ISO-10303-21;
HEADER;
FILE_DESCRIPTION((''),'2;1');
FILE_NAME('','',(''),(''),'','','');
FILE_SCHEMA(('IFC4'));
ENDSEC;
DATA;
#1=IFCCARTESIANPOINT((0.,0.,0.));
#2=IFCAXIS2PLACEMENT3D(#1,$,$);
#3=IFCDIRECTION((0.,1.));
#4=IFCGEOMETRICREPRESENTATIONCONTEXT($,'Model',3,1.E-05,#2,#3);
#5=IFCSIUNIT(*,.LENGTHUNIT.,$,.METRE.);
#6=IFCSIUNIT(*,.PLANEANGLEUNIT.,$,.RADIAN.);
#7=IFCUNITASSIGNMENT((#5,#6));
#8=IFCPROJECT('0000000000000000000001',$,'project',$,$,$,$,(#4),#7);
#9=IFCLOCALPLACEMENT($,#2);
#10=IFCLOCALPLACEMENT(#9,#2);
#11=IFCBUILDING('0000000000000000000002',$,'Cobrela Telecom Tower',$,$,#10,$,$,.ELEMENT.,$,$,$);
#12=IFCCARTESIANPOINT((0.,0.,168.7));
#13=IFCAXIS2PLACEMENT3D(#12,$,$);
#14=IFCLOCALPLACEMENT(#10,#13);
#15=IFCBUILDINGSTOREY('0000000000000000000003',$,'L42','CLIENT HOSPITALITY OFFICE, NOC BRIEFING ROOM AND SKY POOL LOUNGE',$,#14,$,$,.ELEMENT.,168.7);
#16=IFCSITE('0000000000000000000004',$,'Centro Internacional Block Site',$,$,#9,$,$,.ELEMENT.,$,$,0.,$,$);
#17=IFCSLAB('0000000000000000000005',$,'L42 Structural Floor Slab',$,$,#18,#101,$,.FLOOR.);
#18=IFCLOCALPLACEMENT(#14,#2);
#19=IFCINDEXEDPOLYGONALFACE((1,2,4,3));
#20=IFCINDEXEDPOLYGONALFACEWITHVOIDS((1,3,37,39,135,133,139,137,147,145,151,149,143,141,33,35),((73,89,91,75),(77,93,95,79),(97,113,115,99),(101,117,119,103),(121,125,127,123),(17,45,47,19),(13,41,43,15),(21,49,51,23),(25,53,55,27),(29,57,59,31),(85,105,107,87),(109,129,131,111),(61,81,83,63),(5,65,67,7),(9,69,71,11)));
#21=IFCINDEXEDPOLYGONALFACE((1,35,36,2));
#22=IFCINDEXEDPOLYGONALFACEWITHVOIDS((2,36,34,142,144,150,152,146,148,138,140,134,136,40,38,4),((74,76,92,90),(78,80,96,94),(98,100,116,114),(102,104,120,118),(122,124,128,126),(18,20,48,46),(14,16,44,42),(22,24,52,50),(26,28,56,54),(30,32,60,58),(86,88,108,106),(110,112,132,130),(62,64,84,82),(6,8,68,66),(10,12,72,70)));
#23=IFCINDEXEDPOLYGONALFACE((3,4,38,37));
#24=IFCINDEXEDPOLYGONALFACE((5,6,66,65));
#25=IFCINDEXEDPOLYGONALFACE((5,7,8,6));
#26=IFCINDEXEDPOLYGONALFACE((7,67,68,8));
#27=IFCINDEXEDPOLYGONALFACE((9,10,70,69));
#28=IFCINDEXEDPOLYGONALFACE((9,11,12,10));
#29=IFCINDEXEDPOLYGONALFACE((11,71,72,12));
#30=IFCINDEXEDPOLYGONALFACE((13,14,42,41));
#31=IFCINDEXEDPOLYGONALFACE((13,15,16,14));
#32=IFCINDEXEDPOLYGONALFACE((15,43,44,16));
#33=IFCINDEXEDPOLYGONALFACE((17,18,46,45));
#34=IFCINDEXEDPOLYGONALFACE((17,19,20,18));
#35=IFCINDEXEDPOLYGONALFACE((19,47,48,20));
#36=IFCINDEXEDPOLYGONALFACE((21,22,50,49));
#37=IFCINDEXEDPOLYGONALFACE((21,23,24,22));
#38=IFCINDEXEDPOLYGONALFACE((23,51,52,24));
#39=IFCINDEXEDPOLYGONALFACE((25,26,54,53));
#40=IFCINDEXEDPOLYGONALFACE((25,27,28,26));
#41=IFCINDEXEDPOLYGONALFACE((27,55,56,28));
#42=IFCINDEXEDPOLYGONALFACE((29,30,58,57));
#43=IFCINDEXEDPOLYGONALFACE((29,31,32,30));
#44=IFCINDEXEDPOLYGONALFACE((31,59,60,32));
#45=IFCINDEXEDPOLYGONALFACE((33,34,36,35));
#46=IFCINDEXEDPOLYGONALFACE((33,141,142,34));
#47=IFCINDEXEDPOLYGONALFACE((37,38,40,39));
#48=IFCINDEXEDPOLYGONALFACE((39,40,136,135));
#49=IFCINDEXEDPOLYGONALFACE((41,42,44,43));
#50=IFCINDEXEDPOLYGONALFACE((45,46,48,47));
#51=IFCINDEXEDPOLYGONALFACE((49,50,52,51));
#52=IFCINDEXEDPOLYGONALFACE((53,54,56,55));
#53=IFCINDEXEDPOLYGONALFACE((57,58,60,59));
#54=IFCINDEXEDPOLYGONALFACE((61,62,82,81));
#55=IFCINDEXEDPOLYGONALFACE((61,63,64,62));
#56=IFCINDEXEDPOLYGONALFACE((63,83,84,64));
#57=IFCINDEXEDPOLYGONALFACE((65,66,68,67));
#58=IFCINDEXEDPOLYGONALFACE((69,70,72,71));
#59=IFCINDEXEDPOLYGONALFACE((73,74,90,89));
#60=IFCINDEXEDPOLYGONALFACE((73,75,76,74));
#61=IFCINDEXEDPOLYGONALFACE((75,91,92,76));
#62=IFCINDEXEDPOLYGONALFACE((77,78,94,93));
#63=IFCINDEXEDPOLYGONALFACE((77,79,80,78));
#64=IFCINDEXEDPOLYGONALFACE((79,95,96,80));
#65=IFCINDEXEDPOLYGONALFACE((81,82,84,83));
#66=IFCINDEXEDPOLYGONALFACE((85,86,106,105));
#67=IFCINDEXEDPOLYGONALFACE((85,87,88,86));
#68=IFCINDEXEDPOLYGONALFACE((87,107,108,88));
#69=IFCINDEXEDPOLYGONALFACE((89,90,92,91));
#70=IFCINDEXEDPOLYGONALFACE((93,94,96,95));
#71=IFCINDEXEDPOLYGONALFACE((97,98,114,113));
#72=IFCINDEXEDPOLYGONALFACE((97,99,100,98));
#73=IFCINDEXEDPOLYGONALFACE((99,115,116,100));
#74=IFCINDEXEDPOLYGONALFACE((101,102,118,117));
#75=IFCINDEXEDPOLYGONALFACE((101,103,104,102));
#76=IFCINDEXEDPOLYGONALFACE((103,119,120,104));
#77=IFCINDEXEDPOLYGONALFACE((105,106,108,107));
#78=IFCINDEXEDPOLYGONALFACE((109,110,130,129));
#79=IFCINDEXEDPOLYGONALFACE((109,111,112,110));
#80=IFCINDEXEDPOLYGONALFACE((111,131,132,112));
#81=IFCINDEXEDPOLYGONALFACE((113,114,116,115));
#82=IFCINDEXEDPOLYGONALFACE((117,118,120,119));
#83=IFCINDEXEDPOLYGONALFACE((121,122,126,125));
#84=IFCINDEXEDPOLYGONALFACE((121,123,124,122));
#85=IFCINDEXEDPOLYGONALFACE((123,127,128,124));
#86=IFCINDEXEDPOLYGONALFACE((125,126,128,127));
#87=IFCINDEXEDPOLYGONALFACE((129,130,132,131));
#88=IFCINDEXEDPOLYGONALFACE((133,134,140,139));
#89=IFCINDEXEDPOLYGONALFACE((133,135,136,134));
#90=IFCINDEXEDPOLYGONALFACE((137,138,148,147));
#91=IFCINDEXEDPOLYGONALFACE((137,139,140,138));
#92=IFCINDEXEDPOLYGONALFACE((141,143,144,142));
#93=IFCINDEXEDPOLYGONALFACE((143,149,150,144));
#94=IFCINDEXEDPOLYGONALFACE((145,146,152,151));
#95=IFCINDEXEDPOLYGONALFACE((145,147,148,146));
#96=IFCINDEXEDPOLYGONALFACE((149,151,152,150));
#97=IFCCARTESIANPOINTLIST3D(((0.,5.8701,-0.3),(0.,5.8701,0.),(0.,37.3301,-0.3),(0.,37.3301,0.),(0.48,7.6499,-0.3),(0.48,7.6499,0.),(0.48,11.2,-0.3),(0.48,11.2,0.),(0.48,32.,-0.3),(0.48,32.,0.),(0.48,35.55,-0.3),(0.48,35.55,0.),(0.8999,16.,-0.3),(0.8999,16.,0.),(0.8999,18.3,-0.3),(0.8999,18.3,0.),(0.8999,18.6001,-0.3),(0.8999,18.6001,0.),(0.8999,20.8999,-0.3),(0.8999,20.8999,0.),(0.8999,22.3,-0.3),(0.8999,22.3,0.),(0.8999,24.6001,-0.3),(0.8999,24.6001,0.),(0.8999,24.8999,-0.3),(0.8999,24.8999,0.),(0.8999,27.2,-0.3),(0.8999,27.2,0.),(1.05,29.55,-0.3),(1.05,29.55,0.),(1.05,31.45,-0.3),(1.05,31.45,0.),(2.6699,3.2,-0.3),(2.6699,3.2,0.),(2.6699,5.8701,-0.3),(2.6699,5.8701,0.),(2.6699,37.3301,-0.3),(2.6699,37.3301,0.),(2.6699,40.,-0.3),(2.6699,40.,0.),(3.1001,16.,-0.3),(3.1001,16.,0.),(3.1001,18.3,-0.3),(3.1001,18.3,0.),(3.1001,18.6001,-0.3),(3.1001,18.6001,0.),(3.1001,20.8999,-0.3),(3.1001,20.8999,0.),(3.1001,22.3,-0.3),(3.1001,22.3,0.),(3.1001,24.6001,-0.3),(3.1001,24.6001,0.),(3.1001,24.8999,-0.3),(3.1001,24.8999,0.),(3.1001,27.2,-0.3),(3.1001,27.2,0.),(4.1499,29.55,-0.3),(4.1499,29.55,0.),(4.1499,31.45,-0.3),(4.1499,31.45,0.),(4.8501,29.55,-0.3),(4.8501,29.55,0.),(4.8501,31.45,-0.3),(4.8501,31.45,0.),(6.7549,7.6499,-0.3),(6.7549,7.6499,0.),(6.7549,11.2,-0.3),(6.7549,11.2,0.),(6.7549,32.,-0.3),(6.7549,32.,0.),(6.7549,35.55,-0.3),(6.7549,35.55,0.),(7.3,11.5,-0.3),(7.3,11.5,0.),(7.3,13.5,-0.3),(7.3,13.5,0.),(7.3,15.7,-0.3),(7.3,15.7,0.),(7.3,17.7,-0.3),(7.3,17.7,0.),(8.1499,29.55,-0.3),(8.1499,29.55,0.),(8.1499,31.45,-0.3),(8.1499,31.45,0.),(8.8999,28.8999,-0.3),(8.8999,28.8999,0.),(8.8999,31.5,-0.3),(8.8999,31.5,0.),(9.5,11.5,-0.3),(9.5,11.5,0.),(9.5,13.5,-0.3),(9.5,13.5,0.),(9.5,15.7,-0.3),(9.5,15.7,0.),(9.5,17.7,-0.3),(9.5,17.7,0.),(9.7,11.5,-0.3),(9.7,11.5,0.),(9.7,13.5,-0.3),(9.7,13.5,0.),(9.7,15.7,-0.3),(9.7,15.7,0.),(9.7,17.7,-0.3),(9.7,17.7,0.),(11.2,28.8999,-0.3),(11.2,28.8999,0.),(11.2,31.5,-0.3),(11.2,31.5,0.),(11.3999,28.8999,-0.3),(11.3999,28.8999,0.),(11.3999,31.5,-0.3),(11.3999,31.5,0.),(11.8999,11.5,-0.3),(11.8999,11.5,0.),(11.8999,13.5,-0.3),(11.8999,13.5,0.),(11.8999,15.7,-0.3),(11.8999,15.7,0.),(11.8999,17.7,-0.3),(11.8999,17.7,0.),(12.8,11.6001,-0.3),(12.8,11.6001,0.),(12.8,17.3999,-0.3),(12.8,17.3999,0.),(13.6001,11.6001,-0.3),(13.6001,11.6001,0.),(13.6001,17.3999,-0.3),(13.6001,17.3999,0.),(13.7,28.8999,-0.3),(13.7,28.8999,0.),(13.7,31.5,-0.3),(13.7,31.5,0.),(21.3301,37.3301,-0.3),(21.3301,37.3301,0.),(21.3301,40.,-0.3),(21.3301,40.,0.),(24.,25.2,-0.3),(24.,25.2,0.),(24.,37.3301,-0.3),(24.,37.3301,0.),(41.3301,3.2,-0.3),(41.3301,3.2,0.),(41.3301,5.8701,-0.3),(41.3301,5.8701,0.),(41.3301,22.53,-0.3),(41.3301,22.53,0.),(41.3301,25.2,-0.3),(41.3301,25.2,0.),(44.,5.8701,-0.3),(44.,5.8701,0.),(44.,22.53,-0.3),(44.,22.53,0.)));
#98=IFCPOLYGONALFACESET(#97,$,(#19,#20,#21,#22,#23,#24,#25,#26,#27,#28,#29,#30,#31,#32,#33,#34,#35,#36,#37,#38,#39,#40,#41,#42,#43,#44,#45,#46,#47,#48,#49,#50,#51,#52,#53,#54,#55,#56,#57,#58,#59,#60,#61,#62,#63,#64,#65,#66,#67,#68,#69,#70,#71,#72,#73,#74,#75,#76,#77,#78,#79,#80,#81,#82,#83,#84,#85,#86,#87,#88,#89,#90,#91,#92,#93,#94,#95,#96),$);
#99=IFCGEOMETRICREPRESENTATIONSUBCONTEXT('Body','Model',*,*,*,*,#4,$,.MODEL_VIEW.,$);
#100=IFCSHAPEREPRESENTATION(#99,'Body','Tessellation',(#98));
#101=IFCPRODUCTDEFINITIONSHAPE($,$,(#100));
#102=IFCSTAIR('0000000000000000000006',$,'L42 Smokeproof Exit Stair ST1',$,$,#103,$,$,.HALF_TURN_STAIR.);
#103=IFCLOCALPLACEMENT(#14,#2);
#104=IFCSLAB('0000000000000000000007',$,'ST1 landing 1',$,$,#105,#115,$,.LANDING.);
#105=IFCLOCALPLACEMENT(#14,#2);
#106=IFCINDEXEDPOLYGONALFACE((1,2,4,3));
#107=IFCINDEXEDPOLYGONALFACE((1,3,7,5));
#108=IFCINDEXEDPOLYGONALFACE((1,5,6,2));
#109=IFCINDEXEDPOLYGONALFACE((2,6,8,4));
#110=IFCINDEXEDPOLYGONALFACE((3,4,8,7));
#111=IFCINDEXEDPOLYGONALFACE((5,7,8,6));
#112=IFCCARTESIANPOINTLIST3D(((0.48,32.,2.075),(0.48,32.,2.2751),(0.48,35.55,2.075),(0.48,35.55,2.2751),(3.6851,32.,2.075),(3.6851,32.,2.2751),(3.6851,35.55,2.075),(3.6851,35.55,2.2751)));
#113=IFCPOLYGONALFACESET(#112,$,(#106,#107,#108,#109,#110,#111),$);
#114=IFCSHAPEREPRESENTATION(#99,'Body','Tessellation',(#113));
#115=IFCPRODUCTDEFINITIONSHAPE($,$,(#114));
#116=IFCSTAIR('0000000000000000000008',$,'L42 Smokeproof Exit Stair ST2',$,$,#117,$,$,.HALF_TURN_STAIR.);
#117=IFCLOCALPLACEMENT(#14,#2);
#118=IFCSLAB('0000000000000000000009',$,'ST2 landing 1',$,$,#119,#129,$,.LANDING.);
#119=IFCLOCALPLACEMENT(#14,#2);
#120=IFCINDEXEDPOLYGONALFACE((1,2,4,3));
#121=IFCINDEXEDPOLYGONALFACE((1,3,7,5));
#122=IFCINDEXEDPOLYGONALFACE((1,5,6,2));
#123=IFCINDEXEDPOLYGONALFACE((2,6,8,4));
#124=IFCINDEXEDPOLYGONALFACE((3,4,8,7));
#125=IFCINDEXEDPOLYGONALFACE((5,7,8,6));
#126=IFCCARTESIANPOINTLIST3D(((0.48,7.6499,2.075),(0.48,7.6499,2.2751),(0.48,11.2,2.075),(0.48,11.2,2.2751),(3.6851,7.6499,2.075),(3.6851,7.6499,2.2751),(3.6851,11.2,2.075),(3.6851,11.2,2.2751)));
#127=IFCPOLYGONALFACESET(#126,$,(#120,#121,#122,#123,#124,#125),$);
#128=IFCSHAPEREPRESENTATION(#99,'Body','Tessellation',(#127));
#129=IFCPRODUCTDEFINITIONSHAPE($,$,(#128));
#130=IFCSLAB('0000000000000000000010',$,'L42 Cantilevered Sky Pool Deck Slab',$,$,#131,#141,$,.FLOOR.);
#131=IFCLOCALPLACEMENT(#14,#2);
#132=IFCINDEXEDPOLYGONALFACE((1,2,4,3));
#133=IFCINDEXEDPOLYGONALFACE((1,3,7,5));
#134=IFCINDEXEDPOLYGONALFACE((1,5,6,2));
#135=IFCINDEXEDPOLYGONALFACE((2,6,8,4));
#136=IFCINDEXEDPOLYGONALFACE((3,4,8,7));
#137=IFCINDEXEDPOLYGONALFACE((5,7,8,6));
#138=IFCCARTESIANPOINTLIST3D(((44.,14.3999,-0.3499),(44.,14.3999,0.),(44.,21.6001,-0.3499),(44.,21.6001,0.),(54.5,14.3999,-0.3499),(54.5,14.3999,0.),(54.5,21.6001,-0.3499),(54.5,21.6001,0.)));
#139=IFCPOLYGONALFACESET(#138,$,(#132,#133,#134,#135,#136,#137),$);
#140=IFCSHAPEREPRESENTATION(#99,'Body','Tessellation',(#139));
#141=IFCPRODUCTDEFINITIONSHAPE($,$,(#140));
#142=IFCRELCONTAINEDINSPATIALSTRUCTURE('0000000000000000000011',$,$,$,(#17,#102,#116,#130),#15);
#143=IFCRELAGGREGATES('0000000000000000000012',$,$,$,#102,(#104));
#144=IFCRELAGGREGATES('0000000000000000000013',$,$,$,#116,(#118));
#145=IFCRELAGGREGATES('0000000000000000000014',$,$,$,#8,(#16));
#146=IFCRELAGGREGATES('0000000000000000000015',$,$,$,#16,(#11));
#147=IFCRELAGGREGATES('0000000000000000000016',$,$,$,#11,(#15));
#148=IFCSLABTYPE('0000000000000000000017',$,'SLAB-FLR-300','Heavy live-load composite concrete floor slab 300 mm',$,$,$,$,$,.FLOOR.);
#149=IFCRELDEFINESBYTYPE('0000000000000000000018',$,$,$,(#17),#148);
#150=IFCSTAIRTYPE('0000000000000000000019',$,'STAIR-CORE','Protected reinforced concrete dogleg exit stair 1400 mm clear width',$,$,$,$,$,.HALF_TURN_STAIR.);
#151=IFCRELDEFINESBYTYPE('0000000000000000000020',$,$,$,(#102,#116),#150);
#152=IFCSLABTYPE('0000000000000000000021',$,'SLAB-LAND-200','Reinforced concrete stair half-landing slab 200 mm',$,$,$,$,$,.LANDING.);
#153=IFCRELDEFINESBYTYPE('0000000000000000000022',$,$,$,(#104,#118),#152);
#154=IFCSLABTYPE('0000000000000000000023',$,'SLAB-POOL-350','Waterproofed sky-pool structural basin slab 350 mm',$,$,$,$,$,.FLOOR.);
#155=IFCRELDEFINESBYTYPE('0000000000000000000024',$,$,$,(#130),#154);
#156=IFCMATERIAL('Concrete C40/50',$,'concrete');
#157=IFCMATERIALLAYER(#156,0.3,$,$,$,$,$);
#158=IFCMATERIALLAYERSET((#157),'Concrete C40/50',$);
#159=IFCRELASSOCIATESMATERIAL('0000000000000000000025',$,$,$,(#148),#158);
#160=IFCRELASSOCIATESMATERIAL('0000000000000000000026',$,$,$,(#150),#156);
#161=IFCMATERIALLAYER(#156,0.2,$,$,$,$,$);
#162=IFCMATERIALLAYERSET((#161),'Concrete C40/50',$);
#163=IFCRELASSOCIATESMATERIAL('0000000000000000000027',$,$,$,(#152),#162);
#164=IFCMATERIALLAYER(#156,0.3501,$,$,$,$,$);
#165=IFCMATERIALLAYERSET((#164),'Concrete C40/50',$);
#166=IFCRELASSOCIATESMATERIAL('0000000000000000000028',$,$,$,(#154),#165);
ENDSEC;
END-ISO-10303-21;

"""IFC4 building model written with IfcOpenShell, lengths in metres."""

from ifc_helpers import new_model, si_unit, direction, frame, origin, place, context, subcontext, project, spatial, polyline, outline, extrude, material, layer, layer_set, type_object, element, aggregate, save


model = new_model("IFC4")

# Units and contexts
model_context = context("Model", 3, precision=1e-05, world=origin(), true_north=direction((0.0, 1.0)))
body_context = subcontext(model_context, "Body", "Model", "MODEL_VIEW")
ifc_project = project(units=[si_unit("LENGTHUNIT", "METRE"), si_unit("PLANEANGLEUNIT", "RADIAN")], contexts=[model_context])

# Site, building, storey
site_placement = place(None, origin())
site = spatial("IfcSite", under=ifc_project, at=site_placement, Name="Centro Internacional Block Site", CompositionType="ELEMENT", RefElevation=0.0)
building_placement = place(site_placement, origin())
building = spatial("IfcBuilding", under=site, at=building_placement, Name="Cobrela Telecom Tower", CompositionType="ELEMENT")
storey_placement = place(building_placement, frame((0.0, 0.0, 168.7)))
storey = spatial("IfcBuildingStorey", under=building, at=storey_placement, Name="L42", Description="CLIENT HOSPITALITY OFFICE, NOC BRIEFING ROOM AND SKY POOL LOUNGE", CompositionType="ELEMENT", Elevation=168.7)

# Slab, openings
ifc_material_1 = material(Name="Concrete C40/50", Category="concrete")
ifc_layer_1 = layer(ifc_material_1, 0.3)
ifc_layer_set_1 = layer_set([ifc_layer_1], Name="Concrete C40/50")
slab_type_1 = type_object("IfcSlabType", Name="SLAB-FLR-300", Description="Heavy live-load composite concrete floor slab 300 mm", PredefinedType="FLOOR", material=ifc_layer_set_1)
slab_1_placement = place(storey_placement, frame((0.0, 0.0, -0.3)))
slab_1 = element("IfcSlab", 1, at=slab_1_placement, inside=storey, type_object=slab_type_1, Name="L42 Structural Floor Slab", PredefinedType="FLOOR", context=body_context, shape_type="SweptSolid", body=[
    extrude(outline(polyline([(2.6699, 3.2), (41.3301, 3.2), (41.3301, 5.8701), (44.0, 5.8701), (44.0, 22.53), (41.3301, 22.53), (41.3301, 25.2), (24.0, 25.2), (24.0, 37.3301), (21.3301, 37.3301), (21.3301, 40.0), (2.6699, 40.0), (2.6699, 37.3301), (0.0, 37.3301), (0.0, 5.8701), (2.6699, 5.8701), (2.6699, 3.2)])), origin(), (0.0, 0.0, 1.0), 0.3),
])
opening_1_placement = place(slab_1_placement, frame((0.0, 0.0, -0.02)))
element("IfcOpeningElement", 2, at=opening_1_placement, cuts=slab_1, PredefinedType="OPENING", context=body_context, shape_type="SweptSolid", body=[
    extrude(outline(polyline([(8.8999, 28.8999), (11.2, 28.8999), (11.2, 31.5), (8.8999, 31.5), (8.8999, 28.8999)])), origin(), (0.0, 0.0, 1.0), 0.3401),
])
opening_2_placement = place(slab_1_placement, frame((0.0, 0.0, -0.02)))
element("IfcOpeningElement", 3, at=opening_2_placement, cuts=slab_1, PredefinedType="OPENING", context=body_context, shape_type="SweptSolid", body=[
    extrude(outline(polyline([(11.3999, 28.8999), (13.7, 28.8999), (13.7, 31.5), (11.3999, 31.5), (11.3999, 28.8999)])), origin(), (0.0, 0.0, 1.0), 0.3401),
])
opening_3_placement = place(slab_1_placement, frame((0.0, 0.0, -0.02)))
element("IfcOpeningElement", 4, at=opening_3_placement, cuts=slab_1, PredefinedType="OPENING", context=body_context, shape_type="SweptSolid", body=[
    extrude(outline(polyline([(7.3, 15.7), (9.5, 15.7), (9.5, 17.7), (7.3, 17.7), (7.3, 15.7)])), origin(), (0.0, 0.0, 1.0), 0.3401),
])
opening_4_placement = place(slab_1_placement, frame((0.0, 0.0, -0.02)))
element("IfcOpeningElement", 5, at=opening_4_placement, cuts=slab_1, PredefinedType="OPENING", context=body_context, shape_type="SweptSolid", body=[
    extrude(outline(polyline([(9.7, 15.7), (11.8999, 15.7), (11.8999, 17.7), (9.7, 17.7), (9.7, 15.7)])), origin(), (0.0, 0.0, 1.0), 0.3401),
])
opening_5_placement = place(slab_1_placement, frame((0.0, 0.0, -0.02)))
element("IfcOpeningElement", 6, at=opening_5_placement, cuts=slab_1, PredefinedType="OPENING", context=body_context, shape_type="SweptSolid", body=[
    extrude(outline(polyline([(7.3, 11.5), (9.5, 11.5), (9.5, 13.5), (7.3, 13.5), (7.3, 11.5)])), origin(), (0.0, 0.0, 1.0), 0.3401),
])
opening_6_placement = place(slab_1_placement, frame((0.0, 0.0, -0.02)))
element("IfcOpeningElement", 7, at=opening_6_placement, cuts=slab_1, PredefinedType="OPENING", context=body_context, shape_type="SweptSolid", body=[
    extrude(outline(polyline([(9.7, 11.5), (11.8999, 11.5), (11.8999, 13.5), (9.7, 13.5), (9.7, 11.5)])), origin(), (0.0, 0.0, 1.0), 0.3401),
])
opening_7_placement = place(slab_1_placement, frame((0.0, 0.0, -0.02)))
element("IfcOpeningElement", 8, at=opening_7_placement, cuts=slab_1, PredefinedType="OPENING", context=body_context, shape_type="SweptSolid", body=[
    extrude(outline(polyline([(0.8999, 16.0), (3.1001, 16.0), (3.1001, 18.3), (0.8999, 18.3), (0.8999, 16.0)])), origin(), (0.0, 0.0, 1.0), 0.3401),
])
opening_8_placement = place(slab_1_placement, frame((0.0, 0.0, -0.02)))
element("IfcOpeningElement", 9, at=opening_8_placement, cuts=slab_1, PredefinedType="OPENING", context=body_context, shape_type="SweptSolid", body=[
    extrude(outline(polyline([(0.8999, 18.6001), (3.1001, 18.6001), (3.1001, 20.8999), (0.8999, 20.8999), (0.8999, 18.6001)])), origin(), (0.0, 0.0, 1.0), 0.3401),
])
opening_9_placement = place(slab_1_placement, frame((0.0, 0.0, -0.02)))
element("IfcOpeningElement", 10, at=opening_9_placement, cuts=slab_1, PredefinedType="OPENING", context=body_context, shape_type="SweptSolid", body=[
    extrude(outline(polyline([(0.8999, 22.3), (3.1001, 22.3), (3.1001, 24.6001), (0.8999, 24.6001), (0.8999, 22.3)])), origin(), (0.0, 0.0, 1.0), 0.3401),
])
opening_10_placement = place(slab_1_placement, frame((0.0, 0.0, -0.02)))
element("IfcOpeningElement", 11, at=opening_10_placement, cuts=slab_1, PredefinedType="OPENING", context=body_context, shape_type="SweptSolid", body=[
    extrude(outline(polyline([(0.8999, 24.8999), (3.1001, 24.8999), (3.1001, 27.2), (0.8999, 27.2), (0.8999, 24.8999)])), origin(), (0.0, 0.0, 1.0), 0.3401),
])
opening_11_placement = place(slab_1_placement, frame((0.0, 0.0, -0.02)))
element("IfcOpeningElement", 12, at=opening_11_placement, cuts=slab_1, PredefinedType="OPENING", context=body_context, shape_type="SweptSolid", body=[
    extrude(outline(polyline([(1.05, 29.55), (4.1499, 29.55), (4.1499, 31.45), (1.05, 31.45), (1.05, 29.55)])), origin(), (0.0, 0.0, 1.0), 0.3401),
])
opening_12_placement = place(slab_1_placement, frame((0.0, 0.0, -0.02)))
element("IfcOpeningElement", 13, at=opening_12_placement, cuts=slab_1, PredefinedType="OPENING", context=body_context, shape_type="SweptSolid", body=[
    extrude(outline(polyline([(4.8501, 29.55), (8.1499, 29.55), (8.1499, 31.45), (4.8501, 31.45), (4.8501, 29.55)])), origin(), (0.0, 0.0, 1.0), 0.3401),
])
opening_13_placement = place(slab_1_placement, frame((0.0, 0.0, -0.02)))
element("IfcOpeningElement", 14, at=opening_13_placement, cuts=slab_1, PredefinedType="OPENING", context=body_context, shape_type="SweptSolid", body=[
    extrude(outline(polyline([(12.8, 11.6001), (13.6001, 11.6001), (13.6001, 17.3999), (12.8, 17.3999), (12.8, 11.6001)])), origin(), (0.0, 0.0, 1.0), 0.3401),
])
opening_14_placement = place(slab_1_placement, frame((0.0, 0.0, -0.02)))
element("IfcOpeningElement", 15, at=opening_14_placement, cuts=slab_1, PredefinedType="OPENING", context=body_context, shape_type="SweptSolid", body=[
    extrude(outline(polyline([(6.7549, 35.55), (0.48, 35.55), (0.48, 32.0), (6.7549, 32.0), (6.7549, 35.55)])), origin(), (0.0, 0.0, 1.0), 0.3401),
])
opening_15_placement = place(slab_1_placement, frame((0.0, 0.0, -0.02)))
element("IfcOpeningElement", 16, at=opening_15_placement, cuts=slab_1, PredefinedType="OPENING", context=body_context, shape_type="SweptSolid", body=[
    extrude(outline(polyline([(6.7549, 11.2), (0.48, 11.2), (0.48, 7.6499), (6.7549, 7.6499), (6.7549, 11.2)])), origin(), (0.0, 0.0, 1.0), 0.3401),
])

# Stairs, slabs
stair_type = type_object("IfcStairType", Name="STAIR-CORE", Description="Protected reinforced concrete dogleg exit stair 1400 mm clear width", PredefinedType="HALF_TURN_STAIR", material=ifc_material_1)
stair_1_placement = place(storey_placement, origin())
stair_1 = element("IfcStair", 17, at=stair_1_placement, inside=storey, type_object=stair_type, Name="L42 Smokeproof Exit Stair ST1", PredefinedType="HALF_TURN_STAIR")
ifc_layer_2 = layer(ifc_material_1, 0.2)
ifc_layer_set_2 = layer_set([ifc_layer_2], Name="Concrete C40/50")
slab_type_2 = type_object("IfcSlabType", Name="SLAB-LAND-200", Description="Reinforced concrete stair half-landing slab 200 mm", PredefinedType="LANDING", material=ifc_layer_set_2)
slab_2_placement = place(storey_placement, frame((0.0, 0.0, 2.075)))
slab_2 = element("IfcSlab", 18, at=slab_2_placement, type_object=slab_type_2, Name="ST1 landing 1", PredefinedType="LANDING", context=body_context, shape_type="SweptSolid", body=[
    extrude(outline(polyline([(3.6851, 35.55), (0.48, 35.55), (0.48, 32.0), (3.6851, 32.0), (3.6851, 35.55)])), origin(), (0.0, 0.0, 1.0), 0.2002),
])
aggregate(stair_1, [slab_2])
stair_2_placement = place(storey_placement, origin())
stair_2 = element("IfcStair", 19, at=stair_2_placement, inside=storey, type_object=stair_type, Name="L42 Smokeproof Exit Stair ST2", PredefinedType="HALF_TURN_STAIR")
slab_3_placement = place(storey_placement, frame((0.0, 0.0, 2.075)))
slab_3 = element("IfcSlab", 20, at=slab_3_placement, type_object=slab_type_2, Name="ST2 landing 1", PredefinedType="LANDING", context=body_context, shape_type="SweptSolid", body=[
    extrude(outline(polyline([(3.6851, 11.2), (0.48, 11.2), (0.48, 7.6499), (3.6851, 7.6499), (3.6851, 11.2)])), origin(), (0.0, 0.0, 1.0), 0.2002),
])
aggregate(stair_2, [slab_3])

# Slab
ifc_layer_3 = layer(ifc_material_1, 0.3501)
ifc_layer_set_3 = layer_set([ifc_layer_3], Name="Concrete C40/50")
slab_type_3 = type_object("IfcSlabType", Name="SLAB-POOL-350", Description="Waterproofed sky-pool structural basin slab 350 mm", PredefinedType="FLOOR", material=ifc_layer_set_3)
slab_4_placement = place(storey_placement, frame((0.0, 0.0, -0.3499)))
element("IfcSlab", 21, at=slab_4_placement, inside=storey, type_object=slab_type_3, Name="L42 Cantilevered Sky Pool Deck Slab", PredefinedType="FLOOR", context=body_context, shape_type="SweptSolid", body=[
    extrude(outline(polyline([(44.0, 14.3999), (54.5, 14.3999), (54.5, 21.6001), (44.0, 21.6001), (44.0, 14.3999)])), origin(), (0.0, 0.0, 1.0), 0.3499),
])

save(model, "model.ifc")
